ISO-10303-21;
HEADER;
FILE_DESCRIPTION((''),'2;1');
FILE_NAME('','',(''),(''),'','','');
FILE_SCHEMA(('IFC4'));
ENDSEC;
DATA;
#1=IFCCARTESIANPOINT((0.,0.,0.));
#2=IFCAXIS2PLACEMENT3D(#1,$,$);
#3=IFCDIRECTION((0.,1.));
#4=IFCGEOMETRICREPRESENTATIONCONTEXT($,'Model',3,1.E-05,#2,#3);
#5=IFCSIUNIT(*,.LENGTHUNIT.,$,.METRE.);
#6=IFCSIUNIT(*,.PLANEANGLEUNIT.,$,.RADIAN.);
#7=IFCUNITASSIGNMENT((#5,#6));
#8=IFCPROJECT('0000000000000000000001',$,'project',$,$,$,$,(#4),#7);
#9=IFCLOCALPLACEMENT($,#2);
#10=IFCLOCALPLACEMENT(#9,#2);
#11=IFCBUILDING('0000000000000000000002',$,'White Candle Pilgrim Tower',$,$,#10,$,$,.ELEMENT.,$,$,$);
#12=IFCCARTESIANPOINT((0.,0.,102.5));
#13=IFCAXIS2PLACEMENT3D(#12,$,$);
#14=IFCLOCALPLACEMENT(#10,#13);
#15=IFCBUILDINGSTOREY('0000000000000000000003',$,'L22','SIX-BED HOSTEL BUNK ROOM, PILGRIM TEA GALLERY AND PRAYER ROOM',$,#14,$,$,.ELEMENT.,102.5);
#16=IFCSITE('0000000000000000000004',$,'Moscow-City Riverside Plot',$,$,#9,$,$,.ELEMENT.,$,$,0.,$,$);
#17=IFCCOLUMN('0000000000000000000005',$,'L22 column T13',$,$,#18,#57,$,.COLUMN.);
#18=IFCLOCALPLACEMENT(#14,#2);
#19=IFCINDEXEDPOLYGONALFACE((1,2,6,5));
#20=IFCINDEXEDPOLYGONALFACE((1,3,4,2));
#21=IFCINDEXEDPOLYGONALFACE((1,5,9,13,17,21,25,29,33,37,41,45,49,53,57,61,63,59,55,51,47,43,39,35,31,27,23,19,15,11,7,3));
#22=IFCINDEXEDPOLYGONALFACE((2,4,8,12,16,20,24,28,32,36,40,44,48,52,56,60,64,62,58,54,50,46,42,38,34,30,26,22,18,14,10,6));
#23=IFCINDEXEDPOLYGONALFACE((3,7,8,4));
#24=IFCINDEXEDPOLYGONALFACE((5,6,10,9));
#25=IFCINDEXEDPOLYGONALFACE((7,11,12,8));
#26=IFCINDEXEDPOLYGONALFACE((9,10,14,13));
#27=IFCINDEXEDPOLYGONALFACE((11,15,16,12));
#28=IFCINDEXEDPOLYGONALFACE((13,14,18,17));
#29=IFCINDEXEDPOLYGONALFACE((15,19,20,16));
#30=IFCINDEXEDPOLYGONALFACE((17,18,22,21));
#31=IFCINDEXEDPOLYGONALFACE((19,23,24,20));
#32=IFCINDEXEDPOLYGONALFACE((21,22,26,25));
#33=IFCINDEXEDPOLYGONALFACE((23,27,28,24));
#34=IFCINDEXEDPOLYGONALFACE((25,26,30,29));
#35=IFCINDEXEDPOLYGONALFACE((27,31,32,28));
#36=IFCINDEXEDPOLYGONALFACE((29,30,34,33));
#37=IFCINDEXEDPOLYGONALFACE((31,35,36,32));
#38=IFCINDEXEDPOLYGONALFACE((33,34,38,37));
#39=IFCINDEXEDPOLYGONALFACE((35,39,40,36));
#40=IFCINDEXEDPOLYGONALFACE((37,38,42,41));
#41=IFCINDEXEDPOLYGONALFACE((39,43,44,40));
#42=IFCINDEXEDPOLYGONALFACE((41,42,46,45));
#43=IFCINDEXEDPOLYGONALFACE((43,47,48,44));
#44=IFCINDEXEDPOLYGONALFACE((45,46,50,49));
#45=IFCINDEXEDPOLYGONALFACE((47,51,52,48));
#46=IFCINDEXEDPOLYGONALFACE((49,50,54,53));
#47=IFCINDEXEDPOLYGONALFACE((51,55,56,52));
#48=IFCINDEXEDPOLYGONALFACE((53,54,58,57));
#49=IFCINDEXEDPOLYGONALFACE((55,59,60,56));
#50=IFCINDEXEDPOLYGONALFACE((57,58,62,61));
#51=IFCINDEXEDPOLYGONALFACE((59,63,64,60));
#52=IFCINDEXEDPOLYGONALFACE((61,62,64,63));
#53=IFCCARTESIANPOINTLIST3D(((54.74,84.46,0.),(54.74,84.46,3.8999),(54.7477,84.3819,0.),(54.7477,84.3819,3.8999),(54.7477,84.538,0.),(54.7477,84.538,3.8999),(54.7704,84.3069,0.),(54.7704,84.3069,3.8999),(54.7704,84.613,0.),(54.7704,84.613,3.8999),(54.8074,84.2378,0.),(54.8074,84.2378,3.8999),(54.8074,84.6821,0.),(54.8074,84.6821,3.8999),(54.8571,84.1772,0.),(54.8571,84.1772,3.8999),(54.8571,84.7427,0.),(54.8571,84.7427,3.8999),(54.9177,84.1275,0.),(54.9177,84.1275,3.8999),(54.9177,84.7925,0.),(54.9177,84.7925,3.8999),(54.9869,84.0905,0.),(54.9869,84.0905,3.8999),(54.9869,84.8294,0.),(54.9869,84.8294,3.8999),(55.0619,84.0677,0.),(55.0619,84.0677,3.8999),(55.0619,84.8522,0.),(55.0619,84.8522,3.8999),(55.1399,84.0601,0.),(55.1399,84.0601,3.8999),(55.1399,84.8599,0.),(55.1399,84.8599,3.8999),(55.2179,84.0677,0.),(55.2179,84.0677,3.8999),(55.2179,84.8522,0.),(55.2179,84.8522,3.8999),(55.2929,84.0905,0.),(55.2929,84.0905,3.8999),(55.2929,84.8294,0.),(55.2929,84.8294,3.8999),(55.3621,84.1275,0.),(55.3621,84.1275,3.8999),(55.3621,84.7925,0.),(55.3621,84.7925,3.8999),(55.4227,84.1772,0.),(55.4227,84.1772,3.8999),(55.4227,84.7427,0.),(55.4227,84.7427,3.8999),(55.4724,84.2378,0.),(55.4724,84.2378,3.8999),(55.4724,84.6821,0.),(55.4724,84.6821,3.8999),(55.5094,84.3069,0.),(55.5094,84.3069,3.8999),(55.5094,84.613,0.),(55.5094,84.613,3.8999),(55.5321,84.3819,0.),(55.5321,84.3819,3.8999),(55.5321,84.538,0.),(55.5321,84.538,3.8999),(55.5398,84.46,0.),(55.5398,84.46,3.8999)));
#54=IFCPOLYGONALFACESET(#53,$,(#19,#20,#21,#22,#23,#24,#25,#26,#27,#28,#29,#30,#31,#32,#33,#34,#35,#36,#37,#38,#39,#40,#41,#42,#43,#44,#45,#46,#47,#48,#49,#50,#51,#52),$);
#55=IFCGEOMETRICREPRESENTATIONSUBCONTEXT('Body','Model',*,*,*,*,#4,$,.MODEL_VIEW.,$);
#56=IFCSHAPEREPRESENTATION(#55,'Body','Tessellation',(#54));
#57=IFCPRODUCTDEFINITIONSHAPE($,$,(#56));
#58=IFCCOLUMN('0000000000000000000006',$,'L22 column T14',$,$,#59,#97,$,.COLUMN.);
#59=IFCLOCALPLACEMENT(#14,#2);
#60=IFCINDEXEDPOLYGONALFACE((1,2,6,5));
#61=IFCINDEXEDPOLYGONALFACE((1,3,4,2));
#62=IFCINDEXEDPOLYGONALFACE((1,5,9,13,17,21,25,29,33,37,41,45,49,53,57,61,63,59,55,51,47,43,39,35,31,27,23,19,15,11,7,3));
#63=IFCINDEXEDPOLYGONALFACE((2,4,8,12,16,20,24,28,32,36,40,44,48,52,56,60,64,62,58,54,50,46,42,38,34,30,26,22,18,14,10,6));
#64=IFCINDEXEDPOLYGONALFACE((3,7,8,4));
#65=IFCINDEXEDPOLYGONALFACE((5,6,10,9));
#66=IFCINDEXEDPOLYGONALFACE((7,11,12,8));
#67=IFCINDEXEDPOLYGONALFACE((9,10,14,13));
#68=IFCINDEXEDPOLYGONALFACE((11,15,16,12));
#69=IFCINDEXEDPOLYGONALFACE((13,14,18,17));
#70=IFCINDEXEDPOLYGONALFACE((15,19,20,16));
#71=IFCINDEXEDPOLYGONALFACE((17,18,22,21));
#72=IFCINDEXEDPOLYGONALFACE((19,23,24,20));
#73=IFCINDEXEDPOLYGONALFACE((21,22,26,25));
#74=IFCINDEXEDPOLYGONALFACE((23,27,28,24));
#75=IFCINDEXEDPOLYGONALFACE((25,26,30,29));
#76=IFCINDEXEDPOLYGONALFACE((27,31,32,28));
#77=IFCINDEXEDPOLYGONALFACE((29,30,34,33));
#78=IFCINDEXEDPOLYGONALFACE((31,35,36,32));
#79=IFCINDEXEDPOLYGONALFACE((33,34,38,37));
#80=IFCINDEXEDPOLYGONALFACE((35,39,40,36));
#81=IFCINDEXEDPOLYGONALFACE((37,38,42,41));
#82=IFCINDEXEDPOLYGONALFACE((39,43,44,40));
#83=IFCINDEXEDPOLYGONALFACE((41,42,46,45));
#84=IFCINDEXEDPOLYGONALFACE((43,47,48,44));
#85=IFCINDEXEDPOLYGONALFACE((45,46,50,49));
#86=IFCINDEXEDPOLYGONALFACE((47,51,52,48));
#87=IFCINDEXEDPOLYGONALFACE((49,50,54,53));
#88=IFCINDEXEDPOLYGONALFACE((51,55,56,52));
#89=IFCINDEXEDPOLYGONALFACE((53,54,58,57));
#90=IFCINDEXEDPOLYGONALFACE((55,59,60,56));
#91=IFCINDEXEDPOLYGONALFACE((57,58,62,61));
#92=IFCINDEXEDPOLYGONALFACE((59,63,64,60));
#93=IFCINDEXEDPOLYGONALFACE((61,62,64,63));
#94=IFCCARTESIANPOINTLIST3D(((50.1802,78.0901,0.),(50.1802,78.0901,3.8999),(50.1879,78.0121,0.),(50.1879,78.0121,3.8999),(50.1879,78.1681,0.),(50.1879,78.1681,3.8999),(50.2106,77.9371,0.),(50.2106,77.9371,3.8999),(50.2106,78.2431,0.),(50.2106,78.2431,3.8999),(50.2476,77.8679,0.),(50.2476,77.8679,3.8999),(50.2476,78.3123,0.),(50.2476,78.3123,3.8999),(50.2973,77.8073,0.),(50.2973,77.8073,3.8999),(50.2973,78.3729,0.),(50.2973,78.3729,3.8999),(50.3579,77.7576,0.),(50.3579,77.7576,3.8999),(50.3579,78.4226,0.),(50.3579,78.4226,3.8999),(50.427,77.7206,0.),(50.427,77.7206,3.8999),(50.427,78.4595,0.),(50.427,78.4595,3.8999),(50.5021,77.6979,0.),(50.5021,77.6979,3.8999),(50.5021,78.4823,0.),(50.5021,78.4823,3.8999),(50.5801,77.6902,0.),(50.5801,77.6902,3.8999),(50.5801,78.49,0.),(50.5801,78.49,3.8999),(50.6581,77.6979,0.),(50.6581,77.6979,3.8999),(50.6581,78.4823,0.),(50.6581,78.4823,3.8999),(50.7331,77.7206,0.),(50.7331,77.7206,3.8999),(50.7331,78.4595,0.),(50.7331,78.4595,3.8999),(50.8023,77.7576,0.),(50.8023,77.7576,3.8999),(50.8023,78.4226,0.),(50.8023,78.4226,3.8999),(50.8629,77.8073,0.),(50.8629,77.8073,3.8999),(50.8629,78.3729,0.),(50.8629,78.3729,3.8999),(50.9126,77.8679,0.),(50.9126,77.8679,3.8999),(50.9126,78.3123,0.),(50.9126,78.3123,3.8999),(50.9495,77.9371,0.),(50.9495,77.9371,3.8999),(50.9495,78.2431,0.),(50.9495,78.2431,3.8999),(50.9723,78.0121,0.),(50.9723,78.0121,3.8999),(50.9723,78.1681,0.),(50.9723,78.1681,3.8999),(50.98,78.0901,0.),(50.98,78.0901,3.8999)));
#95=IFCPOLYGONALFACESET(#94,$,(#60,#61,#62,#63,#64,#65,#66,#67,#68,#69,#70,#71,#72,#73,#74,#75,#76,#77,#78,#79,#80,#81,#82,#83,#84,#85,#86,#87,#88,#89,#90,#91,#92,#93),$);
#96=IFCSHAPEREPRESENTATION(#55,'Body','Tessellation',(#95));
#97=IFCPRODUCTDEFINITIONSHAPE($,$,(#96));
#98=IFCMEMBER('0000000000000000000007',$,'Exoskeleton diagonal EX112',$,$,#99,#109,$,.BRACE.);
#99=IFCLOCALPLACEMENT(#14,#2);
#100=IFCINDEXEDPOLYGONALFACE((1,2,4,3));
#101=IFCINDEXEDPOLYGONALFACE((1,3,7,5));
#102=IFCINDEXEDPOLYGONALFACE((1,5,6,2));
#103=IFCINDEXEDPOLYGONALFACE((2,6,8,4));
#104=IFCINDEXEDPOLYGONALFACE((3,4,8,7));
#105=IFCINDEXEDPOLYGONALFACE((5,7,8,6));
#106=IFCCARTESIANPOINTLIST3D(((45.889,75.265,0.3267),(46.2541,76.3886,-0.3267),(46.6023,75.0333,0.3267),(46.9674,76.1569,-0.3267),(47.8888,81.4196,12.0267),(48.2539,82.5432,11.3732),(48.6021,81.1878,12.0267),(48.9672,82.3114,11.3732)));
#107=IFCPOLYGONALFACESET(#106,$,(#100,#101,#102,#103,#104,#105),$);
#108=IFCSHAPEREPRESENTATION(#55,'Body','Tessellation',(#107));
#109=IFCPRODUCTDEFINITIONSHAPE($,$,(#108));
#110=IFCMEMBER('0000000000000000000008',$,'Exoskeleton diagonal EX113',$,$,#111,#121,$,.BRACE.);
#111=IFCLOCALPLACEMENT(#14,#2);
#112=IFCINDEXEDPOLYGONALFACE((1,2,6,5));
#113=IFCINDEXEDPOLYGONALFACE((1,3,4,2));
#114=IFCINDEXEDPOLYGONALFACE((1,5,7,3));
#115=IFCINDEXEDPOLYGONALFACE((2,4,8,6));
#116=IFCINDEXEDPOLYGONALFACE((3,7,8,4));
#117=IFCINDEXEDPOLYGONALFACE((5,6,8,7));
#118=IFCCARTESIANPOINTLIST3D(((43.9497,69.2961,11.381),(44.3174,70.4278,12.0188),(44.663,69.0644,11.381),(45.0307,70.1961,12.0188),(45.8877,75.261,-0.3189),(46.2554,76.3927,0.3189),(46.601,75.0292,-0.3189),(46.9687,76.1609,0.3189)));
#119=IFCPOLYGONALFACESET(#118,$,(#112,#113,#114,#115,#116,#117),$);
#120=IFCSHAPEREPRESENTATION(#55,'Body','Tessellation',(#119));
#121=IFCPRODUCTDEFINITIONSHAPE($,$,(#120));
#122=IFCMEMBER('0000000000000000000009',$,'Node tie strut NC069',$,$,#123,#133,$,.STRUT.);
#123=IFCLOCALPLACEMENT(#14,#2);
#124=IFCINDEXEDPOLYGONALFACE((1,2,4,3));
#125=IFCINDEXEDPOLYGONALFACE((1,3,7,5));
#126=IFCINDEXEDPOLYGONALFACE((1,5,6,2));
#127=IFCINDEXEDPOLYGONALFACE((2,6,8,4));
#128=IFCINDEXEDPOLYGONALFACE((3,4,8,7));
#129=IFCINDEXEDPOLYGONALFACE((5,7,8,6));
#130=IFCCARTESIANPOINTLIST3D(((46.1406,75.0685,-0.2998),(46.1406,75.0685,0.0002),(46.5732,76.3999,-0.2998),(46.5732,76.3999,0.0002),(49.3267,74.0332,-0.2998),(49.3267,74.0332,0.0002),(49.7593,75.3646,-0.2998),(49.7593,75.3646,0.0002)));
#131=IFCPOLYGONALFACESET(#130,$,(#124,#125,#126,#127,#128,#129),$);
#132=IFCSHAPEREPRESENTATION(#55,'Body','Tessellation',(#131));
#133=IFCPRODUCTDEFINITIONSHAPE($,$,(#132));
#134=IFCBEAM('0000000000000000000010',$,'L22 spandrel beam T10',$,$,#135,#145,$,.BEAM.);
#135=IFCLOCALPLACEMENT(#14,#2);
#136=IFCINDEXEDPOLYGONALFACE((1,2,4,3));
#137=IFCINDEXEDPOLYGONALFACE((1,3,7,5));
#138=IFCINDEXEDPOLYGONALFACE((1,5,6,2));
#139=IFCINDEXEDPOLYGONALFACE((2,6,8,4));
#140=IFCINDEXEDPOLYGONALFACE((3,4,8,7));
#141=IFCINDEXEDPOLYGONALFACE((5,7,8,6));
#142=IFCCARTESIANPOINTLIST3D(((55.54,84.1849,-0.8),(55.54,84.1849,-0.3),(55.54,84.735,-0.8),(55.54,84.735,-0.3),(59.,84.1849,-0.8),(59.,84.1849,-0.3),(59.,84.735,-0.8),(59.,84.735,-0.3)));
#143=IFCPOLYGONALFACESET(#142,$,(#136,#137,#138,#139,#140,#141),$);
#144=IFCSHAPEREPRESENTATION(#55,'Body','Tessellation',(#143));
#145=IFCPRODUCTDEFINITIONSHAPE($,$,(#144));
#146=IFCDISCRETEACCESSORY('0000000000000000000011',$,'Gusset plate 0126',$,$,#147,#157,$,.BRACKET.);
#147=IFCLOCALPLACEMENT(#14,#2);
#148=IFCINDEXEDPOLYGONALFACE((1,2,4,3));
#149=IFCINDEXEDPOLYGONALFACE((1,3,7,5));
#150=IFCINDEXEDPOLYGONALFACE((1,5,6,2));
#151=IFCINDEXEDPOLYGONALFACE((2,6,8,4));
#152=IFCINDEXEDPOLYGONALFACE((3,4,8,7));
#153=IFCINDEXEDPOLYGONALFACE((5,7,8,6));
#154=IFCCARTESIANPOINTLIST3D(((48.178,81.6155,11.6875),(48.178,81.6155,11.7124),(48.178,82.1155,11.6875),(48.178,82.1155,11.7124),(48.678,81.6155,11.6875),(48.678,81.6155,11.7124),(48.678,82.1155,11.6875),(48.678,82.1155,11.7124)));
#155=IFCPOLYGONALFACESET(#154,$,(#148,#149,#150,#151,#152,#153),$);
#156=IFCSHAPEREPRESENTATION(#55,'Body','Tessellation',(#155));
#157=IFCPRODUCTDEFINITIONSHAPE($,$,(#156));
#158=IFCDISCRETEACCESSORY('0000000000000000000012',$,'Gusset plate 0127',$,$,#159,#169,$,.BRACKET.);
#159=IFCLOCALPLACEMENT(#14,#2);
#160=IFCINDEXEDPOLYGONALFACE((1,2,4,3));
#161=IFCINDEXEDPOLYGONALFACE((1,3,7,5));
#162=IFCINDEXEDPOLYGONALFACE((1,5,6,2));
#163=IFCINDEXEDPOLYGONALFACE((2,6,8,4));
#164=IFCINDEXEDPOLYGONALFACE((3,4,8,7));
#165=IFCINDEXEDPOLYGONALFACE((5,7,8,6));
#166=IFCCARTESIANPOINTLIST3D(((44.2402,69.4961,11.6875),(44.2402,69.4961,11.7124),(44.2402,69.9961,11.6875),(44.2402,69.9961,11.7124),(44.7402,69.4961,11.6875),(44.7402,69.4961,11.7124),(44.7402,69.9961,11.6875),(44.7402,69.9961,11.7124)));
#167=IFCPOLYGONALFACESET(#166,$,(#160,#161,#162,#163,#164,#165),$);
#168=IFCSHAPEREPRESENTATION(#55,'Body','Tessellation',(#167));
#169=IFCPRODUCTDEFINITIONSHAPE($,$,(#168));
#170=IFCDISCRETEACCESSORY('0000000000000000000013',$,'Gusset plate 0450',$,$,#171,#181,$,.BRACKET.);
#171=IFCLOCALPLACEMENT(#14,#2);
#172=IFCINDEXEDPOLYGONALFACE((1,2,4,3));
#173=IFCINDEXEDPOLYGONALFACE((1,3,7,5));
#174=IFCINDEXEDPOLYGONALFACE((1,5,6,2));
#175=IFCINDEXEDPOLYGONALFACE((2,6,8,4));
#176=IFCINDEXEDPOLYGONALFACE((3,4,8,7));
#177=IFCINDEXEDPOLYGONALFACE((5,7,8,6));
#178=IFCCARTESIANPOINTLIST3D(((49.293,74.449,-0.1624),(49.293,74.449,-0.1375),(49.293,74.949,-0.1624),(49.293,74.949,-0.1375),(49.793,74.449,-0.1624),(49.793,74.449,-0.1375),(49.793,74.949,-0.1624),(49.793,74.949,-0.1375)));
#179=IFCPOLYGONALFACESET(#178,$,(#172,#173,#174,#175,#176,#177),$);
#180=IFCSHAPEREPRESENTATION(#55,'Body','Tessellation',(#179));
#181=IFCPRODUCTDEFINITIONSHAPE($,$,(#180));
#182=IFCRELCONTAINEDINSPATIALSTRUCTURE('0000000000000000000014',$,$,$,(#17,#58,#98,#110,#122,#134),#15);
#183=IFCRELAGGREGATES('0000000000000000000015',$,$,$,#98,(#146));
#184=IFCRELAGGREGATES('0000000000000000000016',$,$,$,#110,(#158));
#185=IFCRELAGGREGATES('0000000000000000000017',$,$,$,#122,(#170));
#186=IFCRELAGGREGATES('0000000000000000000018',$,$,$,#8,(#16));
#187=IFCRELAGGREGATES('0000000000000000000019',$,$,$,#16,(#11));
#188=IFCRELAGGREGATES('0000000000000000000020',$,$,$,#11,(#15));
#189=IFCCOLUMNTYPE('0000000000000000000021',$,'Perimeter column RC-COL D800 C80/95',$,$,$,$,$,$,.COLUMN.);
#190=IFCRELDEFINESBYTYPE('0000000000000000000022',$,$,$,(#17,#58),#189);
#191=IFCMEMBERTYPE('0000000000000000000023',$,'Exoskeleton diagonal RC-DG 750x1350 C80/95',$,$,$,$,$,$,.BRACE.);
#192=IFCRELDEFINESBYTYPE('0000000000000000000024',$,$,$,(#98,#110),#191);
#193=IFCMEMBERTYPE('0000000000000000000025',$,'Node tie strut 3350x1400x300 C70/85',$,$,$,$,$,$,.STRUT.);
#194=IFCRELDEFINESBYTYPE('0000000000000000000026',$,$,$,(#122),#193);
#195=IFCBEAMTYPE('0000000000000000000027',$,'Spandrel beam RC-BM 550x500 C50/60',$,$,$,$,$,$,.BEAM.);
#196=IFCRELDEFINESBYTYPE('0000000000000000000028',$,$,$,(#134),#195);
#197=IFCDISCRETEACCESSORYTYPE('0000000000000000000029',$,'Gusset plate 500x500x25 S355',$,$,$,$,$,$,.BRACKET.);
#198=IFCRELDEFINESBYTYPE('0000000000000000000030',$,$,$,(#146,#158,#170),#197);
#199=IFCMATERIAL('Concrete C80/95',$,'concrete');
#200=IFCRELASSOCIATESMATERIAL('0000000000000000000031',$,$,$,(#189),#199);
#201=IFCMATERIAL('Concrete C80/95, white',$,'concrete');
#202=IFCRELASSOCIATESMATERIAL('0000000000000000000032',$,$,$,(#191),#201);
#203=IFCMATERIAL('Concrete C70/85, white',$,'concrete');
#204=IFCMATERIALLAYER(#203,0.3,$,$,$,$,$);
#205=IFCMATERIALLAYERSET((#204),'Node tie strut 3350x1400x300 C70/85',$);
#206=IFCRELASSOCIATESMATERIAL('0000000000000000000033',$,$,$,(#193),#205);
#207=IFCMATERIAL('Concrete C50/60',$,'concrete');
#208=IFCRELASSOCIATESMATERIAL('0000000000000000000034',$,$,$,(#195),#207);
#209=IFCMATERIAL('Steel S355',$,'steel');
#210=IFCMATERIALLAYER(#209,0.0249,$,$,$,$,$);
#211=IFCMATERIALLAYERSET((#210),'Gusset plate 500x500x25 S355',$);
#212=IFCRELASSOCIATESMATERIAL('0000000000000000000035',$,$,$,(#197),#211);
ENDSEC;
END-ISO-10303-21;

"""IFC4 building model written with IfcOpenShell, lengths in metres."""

from ifc_helpers import new_model, si_unit, direction, frame, origin, origin_2d, place, context, subcontext, project, spatial, rectangle, circle, extrude, material, layer, layer_set, material_profile, profile_set, type_object, element, aggregate, save


model = new_model("IFC4")

# Units and contexts
model_context = context("Model", 3, precision=1e-05, world=origin(), true_north=direction((0.0, 1.0)))
body_context = subcontext(model_context, "Body", "Model", "MODEL_VIEW")
ifc_project = project(units=[si_unit("LENGTHUNIT", "METRE"), si_unit("PLANEANGLEUNIT", "RADIAN")], contexts=[model_context])

# Site, building, storey
site_placement = place(None, origin())
site = spatial("IfcSite", under=ifc_project, at=site_placement, Name="Moscow-City Riverside Plot", CompositionType="ELEMENT", RefElevation=0.0)
building_placement = place(site_placement, origin())
building = spatial("IfcBuilding", under=site, at=building_placement, Name="White Candle Pilgrim Tower", CompositionType="ELEMENT")
storey_placement = place(building_placement, frame((0.0, 0.0, 102.5)))
storey = spatial("IfcBuildingStorey", under=building, at=storey_placement, Name="L22", Description="SIX-BED HOSTEL BUNK ROOM, PILGRIM TEA GALLERY AND PRAYER ROOM", CompositionType="ELEMENT", Elevation=102.5)

# Columns
ifc_material_1 = material(Name="Concrete C80/95", Category="concrete")
ifc_material_profile_1 = material_profile(ifc_material_1, circle(Radius=0.3999, at=origin_2d()), Name="RC-COL D800")
ifc_profile_set_1 = profile_set([ifc_material_profile_1], Name="Concrete C80/95")
column_type = type_object("IfcColumnType", Name="Perimeter column RC-COL D800 C80/95", PredefinedType="COLUMN", material=ifc_profile_set_1)
for number, where, z_axis, x_axis, name in (
    (1, (55.1399, 84.46, 0.0), (0.0, 0.0, 1.0), (1.0, 0.0, 0.0), "L22 column T13"),
    (2, (50.5801, 78.0901, 0.0), (0.0, 0.0, 1.0), (1.0, 0.0, 0.0), "L22 column T14"),
):
    element("IfcColumn", number, at=place(storey_placement, frame(where, z_axis=z_axis, x_axis=x_axis)), inside=storey, type_object=column_type, Name=name, PredefinedType="COLUMN", context=body_context, shape_type="SweptSolid", body=[
        extrude(circle(Radius=0.3999, at=origin_2d()), origin(), (0.0, 0.0, 1.0), 3.8999),
    ])

# Members
ifc_material_2 = material(Name="Concrete C80/95, white", Category="concrete")
ifc_material_profile_2 = material_profile(ifc_material_2, rectangle(XDim=0.75, YDim=1.3501, at=origin_2d()), Name="RC-DG 750x1350")
ifc_profile_set_2 = profile_set([ifc_material_profile_2], Name="Concrete C80/95, white")
member_type_1 = type_object("IfcMemberType", Name="Exoskeleton diagonal RC-DG 750x1350 C80/95", PredefinedType="BRACE", material=ifc_profile_set_2)
member_1_placement = place(storey_placement, frame((46.4282, 75.7109, 0.0), z_axis=(0.149566, 0.460313, 0.875067), x_axis=(-0.951055, 0.30902, 0.0)))
member_1 = element("IfcMember", 3, at=member_1_placement, inside=storey, type_object=member_type_1, Name="Exoskeleton diagonal EX112", PredefinedType="BRACE", context=body_context, shape_type="SweptSolid", body=[
    extrude(rectangle(XDim=0.75, YDim=1.3501, at=origin_2d()), origin(), (0.0, 0.0, 1.0), 13.3704),
])
member_2_placement = place(storey_placement, frame((46.4282, 75.7109, 0.0), z_axis=(-0.145988, -0.449331, 0.881356), x_axis=(0.951062, -0.309002, 0.0)))
member_2 = element("IfcMember", 4, at=member_2_placement, inside=storey, type_object=member_type_1, Name="Exoskeleton diagonal EX113", PredefinedType="BRACE", context=body_context, shape_type="SweptSolid", body=[
    extrude(rectangle(XDim=0.75, YDim=1.3501, at=origin_2d()), origin(), (0.0, 0.0, 1.0), 13.2749),
])
ifc_material_3 = material(Name="Concrete C70/85, white", Category="concrete")
ifc_layer_1 = layer(ifc_material_3, 0.3)
ifc_layer_set_1 = layer_set([ifc_layer_1], Name="Node tie strut 3350x1400x300 C70/85")
member_type_2 = type_object("IfcMemberType", Name="Node tie strut 3350x1400x300 C70/85", PredefinedType="STRUT", material=ifc_layer_set_1)
member_3_placement = place(storey_placement, frame((47.95, 75.2166, -0.2998), z_axis=(0.0, 0.0, 1.0), x_axis=(-0.309017, -0.951057, 0.0)))
member_3 = element("IfcMember", 5, at=member_3_placement, inside=storey, type_object=member_type_2, Name="Node tie strut NC069", PredefinedType="STRUT", context=body_context, shape_type="SweptSolid", body=[
    extrude(rectangle(XDim=1.3999, YDim=3.3501, at=origin_2d()), origin(), (0.0, 0.0, 1.0), 0.3),
])

# Beam
ifc_material_4 = material(Name="Concrete C50/60", Category="concrete")
ifc_material_profile_3 = material_profile(ifc_material_4, rectangle(XDim=0.55, YDim=0.5, at=origin_2d()), Name="RC-BM 550x500")
ifc_profile_set_3 = profile_set([ifc_material_profile_3], Name="Concrete C50/60")
beam_type = type_object("IfcBeamType", Name="Spandrel beam RC-BM 550x500 C50/60", PredefinedType="BEAM", material=ifc_profile_set_3)
beam_1_placement = place(storey_placement, frame((55.54, 84.46, -0.55), z_axis=(1.0, 0.0, 0.0), x_axis=(0.0, 1.0, 0.0)))
element("IfcBeam", 6, at=beam_1_placement, inside=storey, type_object=beam_type, Name="L22 spandrel beam T10", PredefinedType="BEAM", context=body_context, shape_type="SweptSolid", body=[
    extrude(rectangle(XDim=0.55, YDim=0.5, at=origin_2d()), origin(), (0.0, 0.0, 1.0), 3.46),
])

# Discrete accessories
ifc_material_5 = material(Name="Steel S355", Category="steel")
ifc_layer_2 = layer(ifc_material_5, 0.0249)
ifc_layer_set_2 = layer_set([ifc_layer_2], Name="Gusset plate 500x500x25 S355")
discrete_accessory_type = type_object("IfcDiscreteAccessoryType", Name="Gusset plate 500x500x25 S355", PredefinedType="BRACKET", material=ifc_layer_set_2)
placement = place(building_placement, frame((0.0, 0.0, 114.2)))
discrete_accessory_1_placement = place(placement, frame((48.428, 81.8655, -0.0125), z_axis=(0.0, 0.0, 1.0), x_axis=(1.0, 0.0, 0.0)))
discrete_accessory_1 = element("IfcDiscreteAccessory", 7, at=discrete_accessory_1_placement, type_object=discrete_accessory_type, Name="Gusset plate 0126", PredefinedType="BRACKET", context=body_context, shape_type="SweptSolid", body=[
    extrude(rectangle(XDim=0.5, YDim=0.5, at=origin_2d()), origin(), (0.0, 0.0, 1.0), 0.0249),
])
aggregate(member_1, [discrete_accessory_1])
discrete_accessory_2_placement = place(placement, frame((44.4902, 69.7461, -0.0125), z_axis=(0.0, 0.0, 1.0), x_axis=(1.0, 0.0, 0.0)))
discrete_accessory_2 = element("IfcDiscreteAccessory", 8, at=discrete_accessory_2_placement, type_object=discrete_accessory_type, Name="Gusset plate 0127", PredefinedType="BRACKET", context=body_context, shape_type="SweptSolid", body=[
    extrude(rectangle(XDim=0.5, YDim=0.5, at=origin_2d()), origin(), (0.0, 0.0, 1.0), 0.0249),
])
aggregate(member_2, [discrete_accessory_2])
discrete_accessory_3_placement = place(storey_placement, frame((49.543, 74.699, -0.1624), z_axis=(0.0, 0.0, 1.0), x_axis=(1.0, 0.0, 0.0)))
discrete_accessory_3 = element("IfcDiscreteAccessory", 9, at=discrete_accessory_3_placement, type_object=discrete_accessory_type, Name="Gusset plate 0450", PredefinedType="BRACKET", context=body_context, shape_type="SweptSolid", body=[
    extrude(rectangle(XDim=0.5, YDim=0.5, at=origin_2d()), origin(), (0.0, 0.0, 1.0), 0.0249),
])
aggregate(member_3, [discrete_accessory_3])

save(model, "model.ifc")
